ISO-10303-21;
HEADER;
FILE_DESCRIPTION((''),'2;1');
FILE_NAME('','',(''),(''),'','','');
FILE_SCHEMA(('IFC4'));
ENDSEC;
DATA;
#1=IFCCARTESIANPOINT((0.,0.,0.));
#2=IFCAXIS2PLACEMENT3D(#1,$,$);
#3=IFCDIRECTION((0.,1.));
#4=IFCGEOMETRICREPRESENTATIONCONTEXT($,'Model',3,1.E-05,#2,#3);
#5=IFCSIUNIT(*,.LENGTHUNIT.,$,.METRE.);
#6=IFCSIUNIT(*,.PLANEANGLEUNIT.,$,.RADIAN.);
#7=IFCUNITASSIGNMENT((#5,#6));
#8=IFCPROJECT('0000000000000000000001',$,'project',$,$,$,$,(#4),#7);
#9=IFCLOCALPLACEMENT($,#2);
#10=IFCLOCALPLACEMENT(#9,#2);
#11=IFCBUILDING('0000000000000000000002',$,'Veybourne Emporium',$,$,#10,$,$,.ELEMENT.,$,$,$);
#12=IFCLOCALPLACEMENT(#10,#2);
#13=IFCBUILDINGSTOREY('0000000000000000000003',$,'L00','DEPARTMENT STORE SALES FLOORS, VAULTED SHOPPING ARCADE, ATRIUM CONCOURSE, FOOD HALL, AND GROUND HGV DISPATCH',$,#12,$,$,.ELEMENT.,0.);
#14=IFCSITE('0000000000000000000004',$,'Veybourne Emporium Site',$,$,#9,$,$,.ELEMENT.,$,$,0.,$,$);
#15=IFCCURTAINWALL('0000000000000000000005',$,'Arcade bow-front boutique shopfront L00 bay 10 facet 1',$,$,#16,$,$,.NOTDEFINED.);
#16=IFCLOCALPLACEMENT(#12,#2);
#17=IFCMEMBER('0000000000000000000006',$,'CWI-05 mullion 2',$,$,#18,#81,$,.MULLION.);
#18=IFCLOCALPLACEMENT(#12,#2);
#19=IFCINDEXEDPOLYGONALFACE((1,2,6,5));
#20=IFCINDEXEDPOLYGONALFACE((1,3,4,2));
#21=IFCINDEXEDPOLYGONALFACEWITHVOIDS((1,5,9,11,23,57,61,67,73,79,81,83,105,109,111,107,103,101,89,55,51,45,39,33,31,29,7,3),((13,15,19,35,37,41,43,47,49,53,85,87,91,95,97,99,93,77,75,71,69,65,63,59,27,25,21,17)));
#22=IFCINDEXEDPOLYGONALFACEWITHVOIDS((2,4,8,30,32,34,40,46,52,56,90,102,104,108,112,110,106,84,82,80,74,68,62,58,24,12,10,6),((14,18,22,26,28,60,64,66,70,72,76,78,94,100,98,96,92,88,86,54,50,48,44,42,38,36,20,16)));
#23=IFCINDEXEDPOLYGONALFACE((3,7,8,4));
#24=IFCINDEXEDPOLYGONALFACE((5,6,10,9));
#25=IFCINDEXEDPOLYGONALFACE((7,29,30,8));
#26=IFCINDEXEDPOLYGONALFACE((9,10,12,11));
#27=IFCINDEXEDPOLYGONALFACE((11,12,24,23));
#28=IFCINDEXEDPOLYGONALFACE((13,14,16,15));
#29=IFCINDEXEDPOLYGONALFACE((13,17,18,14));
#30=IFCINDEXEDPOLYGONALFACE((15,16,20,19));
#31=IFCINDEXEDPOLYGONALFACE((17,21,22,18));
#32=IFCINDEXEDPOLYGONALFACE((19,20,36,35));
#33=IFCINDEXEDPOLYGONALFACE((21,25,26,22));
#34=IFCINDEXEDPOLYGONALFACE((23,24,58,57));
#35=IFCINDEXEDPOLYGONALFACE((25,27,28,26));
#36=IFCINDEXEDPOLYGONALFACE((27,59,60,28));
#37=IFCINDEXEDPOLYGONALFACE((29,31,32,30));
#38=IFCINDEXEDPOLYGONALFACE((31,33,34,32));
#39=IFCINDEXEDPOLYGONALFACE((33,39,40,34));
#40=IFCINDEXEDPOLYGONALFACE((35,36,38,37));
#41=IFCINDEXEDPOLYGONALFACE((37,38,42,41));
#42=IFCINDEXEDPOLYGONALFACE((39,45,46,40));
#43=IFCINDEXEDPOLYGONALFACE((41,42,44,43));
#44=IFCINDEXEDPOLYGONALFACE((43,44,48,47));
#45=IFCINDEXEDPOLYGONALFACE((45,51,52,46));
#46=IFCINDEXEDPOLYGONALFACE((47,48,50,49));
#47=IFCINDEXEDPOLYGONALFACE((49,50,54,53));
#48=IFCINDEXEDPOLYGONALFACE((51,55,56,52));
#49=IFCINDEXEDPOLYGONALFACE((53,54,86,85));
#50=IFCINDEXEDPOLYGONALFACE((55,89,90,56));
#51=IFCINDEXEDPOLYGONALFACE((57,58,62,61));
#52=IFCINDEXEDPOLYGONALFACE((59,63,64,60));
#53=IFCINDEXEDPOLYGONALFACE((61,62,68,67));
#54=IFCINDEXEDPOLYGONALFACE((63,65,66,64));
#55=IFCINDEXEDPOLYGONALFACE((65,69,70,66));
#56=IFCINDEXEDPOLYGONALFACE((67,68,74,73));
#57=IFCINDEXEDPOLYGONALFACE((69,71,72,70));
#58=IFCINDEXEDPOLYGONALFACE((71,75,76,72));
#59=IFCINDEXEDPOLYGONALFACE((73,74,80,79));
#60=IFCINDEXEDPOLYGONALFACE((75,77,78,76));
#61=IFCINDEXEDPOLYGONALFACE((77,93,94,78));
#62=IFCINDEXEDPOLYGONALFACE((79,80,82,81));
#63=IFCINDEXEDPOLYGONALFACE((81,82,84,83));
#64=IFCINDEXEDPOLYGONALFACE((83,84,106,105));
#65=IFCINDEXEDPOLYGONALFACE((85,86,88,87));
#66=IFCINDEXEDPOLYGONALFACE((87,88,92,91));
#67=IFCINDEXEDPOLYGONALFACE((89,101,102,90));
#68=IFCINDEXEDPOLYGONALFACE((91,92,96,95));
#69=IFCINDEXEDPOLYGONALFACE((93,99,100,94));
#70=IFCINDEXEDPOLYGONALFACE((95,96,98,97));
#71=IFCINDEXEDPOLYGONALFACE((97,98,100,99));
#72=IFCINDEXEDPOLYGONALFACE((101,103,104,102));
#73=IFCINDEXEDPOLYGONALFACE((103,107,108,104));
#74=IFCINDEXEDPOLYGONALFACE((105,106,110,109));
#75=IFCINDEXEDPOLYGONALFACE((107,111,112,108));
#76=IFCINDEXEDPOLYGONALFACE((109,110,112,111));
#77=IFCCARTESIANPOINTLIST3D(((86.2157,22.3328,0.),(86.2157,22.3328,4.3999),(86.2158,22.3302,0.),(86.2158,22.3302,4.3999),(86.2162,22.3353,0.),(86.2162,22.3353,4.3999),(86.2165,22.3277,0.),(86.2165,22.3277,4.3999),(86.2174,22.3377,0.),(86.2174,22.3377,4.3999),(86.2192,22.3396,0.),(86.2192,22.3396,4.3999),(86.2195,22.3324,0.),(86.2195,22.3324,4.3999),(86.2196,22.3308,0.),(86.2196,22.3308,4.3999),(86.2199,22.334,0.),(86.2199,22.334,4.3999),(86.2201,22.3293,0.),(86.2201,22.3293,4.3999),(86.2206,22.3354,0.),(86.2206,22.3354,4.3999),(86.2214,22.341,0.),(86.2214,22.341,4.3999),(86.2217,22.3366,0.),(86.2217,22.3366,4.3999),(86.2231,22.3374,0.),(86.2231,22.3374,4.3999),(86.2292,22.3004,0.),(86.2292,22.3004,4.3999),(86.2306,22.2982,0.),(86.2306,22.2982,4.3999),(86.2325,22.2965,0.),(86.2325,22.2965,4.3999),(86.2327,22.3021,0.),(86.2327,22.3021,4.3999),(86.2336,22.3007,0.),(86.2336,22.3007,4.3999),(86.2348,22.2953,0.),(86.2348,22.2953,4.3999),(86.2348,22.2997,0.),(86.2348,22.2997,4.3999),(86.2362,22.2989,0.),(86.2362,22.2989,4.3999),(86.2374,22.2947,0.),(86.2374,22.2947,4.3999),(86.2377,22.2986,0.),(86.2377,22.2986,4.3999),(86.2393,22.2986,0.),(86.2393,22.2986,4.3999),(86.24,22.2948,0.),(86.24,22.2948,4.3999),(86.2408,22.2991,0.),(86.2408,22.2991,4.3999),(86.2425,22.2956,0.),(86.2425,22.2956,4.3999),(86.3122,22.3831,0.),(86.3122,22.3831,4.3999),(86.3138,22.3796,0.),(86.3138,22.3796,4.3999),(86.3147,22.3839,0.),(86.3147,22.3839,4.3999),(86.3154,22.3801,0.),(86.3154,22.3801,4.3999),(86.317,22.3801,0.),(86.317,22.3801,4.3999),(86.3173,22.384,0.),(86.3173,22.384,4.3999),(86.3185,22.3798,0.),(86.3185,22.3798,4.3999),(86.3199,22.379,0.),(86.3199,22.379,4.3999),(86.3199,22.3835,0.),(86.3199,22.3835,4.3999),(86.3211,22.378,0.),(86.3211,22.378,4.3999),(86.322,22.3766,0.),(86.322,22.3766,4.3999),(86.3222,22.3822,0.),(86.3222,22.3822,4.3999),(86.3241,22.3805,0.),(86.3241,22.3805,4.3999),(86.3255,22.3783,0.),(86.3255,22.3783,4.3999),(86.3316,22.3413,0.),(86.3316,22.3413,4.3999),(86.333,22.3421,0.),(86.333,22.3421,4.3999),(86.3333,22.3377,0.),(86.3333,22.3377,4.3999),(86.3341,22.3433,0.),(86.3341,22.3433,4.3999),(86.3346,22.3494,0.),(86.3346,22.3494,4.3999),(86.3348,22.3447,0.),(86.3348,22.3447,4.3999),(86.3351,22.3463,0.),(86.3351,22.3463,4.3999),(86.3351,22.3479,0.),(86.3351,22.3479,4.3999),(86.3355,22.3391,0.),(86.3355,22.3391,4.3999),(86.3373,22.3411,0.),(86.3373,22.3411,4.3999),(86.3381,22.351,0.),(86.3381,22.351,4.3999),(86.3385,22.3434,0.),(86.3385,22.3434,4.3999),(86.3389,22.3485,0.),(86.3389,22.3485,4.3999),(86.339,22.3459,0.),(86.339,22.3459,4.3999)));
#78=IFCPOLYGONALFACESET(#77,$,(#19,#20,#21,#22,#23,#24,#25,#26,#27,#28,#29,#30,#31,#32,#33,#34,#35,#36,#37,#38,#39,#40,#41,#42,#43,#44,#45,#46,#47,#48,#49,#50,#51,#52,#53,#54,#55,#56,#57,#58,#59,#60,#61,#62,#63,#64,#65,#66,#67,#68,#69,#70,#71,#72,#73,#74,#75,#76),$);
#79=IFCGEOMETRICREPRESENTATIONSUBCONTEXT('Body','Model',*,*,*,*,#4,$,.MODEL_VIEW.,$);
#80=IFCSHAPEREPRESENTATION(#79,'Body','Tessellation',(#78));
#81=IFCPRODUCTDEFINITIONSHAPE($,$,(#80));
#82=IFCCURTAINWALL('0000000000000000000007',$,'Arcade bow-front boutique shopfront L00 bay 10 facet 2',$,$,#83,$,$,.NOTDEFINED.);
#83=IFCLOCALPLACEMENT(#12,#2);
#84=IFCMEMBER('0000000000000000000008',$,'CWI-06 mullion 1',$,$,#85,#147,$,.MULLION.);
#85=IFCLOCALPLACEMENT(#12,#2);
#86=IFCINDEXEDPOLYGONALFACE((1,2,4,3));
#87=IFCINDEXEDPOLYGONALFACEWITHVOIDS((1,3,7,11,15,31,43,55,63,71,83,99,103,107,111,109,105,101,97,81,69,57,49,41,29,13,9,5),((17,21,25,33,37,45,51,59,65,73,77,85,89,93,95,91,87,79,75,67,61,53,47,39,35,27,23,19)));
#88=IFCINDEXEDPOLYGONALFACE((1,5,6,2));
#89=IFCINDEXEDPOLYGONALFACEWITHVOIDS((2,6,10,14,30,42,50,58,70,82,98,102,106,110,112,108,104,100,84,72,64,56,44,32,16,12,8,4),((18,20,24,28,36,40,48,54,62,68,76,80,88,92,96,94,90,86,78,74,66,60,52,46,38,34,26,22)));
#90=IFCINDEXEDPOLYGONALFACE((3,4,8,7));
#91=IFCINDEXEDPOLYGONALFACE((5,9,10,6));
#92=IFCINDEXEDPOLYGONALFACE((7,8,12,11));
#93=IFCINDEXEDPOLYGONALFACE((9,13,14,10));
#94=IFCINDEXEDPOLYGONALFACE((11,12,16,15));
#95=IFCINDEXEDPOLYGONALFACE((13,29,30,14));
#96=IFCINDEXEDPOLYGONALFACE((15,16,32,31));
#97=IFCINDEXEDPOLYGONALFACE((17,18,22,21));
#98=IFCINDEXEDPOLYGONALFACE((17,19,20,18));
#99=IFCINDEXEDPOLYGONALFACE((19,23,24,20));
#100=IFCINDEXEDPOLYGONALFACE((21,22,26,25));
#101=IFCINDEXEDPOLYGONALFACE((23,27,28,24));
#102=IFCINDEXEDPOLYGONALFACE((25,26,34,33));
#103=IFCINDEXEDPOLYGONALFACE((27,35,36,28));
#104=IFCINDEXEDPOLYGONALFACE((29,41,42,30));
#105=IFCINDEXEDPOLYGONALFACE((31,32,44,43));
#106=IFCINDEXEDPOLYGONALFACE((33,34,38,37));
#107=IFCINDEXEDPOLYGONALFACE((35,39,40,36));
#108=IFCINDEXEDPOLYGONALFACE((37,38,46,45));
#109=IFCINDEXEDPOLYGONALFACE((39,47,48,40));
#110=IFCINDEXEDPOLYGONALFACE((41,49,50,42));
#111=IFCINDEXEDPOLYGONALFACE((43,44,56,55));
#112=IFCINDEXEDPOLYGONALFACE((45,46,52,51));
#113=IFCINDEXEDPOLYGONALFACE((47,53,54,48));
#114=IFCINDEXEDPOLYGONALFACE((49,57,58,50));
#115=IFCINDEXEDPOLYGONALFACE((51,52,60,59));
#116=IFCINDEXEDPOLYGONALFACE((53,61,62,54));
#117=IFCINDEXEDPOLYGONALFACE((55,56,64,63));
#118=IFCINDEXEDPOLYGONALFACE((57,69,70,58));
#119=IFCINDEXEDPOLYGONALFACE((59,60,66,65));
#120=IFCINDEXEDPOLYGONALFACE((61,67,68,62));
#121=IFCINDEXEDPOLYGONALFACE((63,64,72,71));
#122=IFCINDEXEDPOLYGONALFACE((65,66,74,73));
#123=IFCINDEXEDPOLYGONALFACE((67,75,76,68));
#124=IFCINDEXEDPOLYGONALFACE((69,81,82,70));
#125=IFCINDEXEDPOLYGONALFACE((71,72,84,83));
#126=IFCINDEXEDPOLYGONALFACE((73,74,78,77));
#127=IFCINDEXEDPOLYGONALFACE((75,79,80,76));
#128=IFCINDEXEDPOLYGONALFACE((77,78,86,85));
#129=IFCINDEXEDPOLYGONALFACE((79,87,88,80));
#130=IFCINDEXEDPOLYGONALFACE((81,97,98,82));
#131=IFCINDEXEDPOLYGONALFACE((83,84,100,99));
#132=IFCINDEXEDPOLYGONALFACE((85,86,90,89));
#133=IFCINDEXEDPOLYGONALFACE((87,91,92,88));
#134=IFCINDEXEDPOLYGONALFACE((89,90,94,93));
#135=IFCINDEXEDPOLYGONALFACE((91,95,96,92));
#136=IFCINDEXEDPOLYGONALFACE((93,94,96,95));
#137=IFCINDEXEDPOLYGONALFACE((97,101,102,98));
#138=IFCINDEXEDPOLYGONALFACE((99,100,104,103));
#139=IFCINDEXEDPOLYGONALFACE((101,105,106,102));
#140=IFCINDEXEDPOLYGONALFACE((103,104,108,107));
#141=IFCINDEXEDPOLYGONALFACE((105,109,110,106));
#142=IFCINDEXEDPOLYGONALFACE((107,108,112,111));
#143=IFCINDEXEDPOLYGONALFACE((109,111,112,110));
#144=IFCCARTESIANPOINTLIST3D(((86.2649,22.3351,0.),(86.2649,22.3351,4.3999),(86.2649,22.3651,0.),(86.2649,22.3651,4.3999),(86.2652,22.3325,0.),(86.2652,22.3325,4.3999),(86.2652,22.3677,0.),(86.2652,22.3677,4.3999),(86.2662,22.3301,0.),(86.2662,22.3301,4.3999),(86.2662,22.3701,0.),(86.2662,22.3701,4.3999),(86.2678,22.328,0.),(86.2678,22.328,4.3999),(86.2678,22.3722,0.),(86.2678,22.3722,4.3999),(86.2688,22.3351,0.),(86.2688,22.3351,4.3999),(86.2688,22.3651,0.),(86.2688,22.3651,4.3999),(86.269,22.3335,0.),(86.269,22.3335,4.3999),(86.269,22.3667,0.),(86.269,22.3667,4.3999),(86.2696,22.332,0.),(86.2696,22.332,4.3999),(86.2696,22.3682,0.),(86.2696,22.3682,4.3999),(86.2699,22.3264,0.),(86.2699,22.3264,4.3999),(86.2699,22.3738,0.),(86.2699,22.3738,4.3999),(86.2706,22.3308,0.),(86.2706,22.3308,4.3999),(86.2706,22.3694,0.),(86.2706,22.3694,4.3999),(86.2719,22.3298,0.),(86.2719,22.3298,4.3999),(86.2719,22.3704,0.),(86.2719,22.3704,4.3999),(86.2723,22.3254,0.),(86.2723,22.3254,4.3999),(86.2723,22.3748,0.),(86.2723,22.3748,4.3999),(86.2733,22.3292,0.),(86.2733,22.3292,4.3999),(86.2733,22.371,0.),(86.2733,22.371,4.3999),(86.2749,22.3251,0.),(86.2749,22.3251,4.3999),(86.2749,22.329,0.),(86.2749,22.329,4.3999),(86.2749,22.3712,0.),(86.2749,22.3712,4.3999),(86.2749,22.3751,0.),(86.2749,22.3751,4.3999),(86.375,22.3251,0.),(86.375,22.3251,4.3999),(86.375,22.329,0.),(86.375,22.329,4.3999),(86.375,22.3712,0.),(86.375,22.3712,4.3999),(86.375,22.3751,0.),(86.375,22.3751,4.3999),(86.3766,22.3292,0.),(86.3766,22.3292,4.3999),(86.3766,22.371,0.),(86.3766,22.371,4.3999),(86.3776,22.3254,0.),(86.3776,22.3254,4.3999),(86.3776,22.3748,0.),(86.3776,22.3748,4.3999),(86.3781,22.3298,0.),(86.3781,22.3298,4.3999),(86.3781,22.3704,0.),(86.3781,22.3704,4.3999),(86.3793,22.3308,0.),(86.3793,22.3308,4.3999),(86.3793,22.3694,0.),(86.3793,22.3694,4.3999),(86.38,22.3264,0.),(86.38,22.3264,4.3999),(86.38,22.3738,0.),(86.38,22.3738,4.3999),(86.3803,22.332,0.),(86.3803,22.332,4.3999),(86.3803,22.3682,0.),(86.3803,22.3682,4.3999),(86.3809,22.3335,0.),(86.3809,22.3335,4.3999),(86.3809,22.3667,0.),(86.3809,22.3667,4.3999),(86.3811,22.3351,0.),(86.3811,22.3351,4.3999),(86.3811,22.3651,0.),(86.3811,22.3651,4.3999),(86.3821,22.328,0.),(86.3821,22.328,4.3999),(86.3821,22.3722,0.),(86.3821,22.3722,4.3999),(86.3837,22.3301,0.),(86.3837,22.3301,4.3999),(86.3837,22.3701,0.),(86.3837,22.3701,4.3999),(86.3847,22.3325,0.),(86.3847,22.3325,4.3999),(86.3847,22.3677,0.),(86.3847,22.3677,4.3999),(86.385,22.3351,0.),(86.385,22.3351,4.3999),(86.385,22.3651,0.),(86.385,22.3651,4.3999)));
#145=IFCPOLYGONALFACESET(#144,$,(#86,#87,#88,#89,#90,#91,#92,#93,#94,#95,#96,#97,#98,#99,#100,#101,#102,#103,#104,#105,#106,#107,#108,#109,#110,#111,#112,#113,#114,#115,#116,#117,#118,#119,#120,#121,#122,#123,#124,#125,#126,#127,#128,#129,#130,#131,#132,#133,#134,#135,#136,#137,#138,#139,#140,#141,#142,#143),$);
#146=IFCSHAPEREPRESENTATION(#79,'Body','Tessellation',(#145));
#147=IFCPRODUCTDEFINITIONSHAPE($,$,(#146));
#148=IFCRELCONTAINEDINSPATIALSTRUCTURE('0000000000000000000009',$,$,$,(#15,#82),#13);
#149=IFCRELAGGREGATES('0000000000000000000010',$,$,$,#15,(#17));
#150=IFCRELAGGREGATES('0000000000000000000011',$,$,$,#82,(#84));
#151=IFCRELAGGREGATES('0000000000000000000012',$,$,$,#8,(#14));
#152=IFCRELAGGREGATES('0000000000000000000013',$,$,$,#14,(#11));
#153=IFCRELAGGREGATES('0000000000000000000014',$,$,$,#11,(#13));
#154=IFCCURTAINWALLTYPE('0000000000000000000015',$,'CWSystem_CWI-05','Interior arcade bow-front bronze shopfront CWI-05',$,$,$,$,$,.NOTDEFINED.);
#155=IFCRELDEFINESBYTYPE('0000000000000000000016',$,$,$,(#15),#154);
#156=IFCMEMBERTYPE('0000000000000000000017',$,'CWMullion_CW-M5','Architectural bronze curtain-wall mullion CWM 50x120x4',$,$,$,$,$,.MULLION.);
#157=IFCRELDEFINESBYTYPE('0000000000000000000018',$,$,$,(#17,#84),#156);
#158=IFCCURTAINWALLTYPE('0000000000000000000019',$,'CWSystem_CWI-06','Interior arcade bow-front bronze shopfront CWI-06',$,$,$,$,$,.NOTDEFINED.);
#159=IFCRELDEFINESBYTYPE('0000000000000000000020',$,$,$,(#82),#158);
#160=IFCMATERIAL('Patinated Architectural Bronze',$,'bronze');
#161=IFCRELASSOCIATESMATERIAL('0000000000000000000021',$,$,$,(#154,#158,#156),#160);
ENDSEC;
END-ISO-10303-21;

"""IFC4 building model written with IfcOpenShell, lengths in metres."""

from ifc_helpers import new_model, si_unit, direction, frame, origin, origin_2d, place, context, subcontext, project, spatial, hollow_rectangle, extrude, material, material_profile, profile_set, type_object, element, aggregate, save


model = new_model("IFC4")

# Units and contexts
model_context = context("Model", 3, precision=1e-05, world=origin(), true_north=direction((0.0, 1.0)))
body_context = subcontext(model_context, "Body", "Model", "MODEL_VIEW")
ifc_project = project(units=[si_unit("LENGTHUNIT", "METRE"), si_unit("PLANEANGLEUNIT", "RADIAN")], contexts=[model_context])

# Site, building, storey
site_placement = place(None, origin())
site = spatial("IfcSite", under=ifc_project, at=site_placement, Name="Veybourne Emporium Site", CompositionType="ELEMENT", RefElevation=0.0)
building_placement = place(site_placement, origin())
building = spatial("IfcBuilding", under=site, at=building_placement, Name="Veybourne Emporium", CompositionType="ELEMENT")
storey_placement = place(building_placement, origin())
storey = spatial("IfcBuildingStorey", under=building, at=storey_placement, Name="L00", Description="DEPARTMENT STORE SALES FLOORS, VAULTED SHOPPING ARCADE, ATRIUM CONCOURSE, FOOD HALL, AND GROUND HGV DISPATCH", CompositionType="ELEMENT", Elevation=0.0)

# Shared definitions
ifc_material_1 = material(Name="Patinated Architectural Bronze", Category="bronze")
curtain_wall_type_1 = type_object("IfcCurtainWallType", Name="CWSystem_CWI-05", Description="Interior arcade bow-front bronze shopfront CWI-05", PredefinedType="NOTDEFINED", material=ifc_material_1)
ifc_material_profile_1 = material_profile(ifc_material_1, hollow_rectangle(XDim=0.05, YDim=0.1201, WallThickness=0.0039, InnerFilletRadius=0.0061, OuterFilletRadius=0.01, at=origin_2d()), Name="CWM 50x120x4")
ifc_profile_set_1 = profile_set([ifc_material_profile_1], Name="Patinated Architectural Bronze")
member_type_1 = type_object("IfcMemberType", Name="CWMullion_CW-M5", Description="Architectural bronze curtain-wall mullion CWM 50x120x4", PredefinedType="MULLION", material=ifc_profile_set_1)

# Shared definitions
curtain_wall_type_2 = type_object("IfcCurtainWallType", Name="CWSystem_CWI-06", Description="Interior arcade bow-front bronze shopfront CWI-06", PredefinedType="NOTDEFINED", material=ifc_material_1)

# Curtain walls, members
curtain_wall_1_placement = place(storey_placement, origin())
curtain_wall_1 = element("IfcCurtainWall", 1, at=curtain_wall_1_placement, inside=storey, type_object=curtain_wall_type_1, Name="Arcade bow-front boutique shopfront L00 bay 10 facet 1", PredefinedType="NOTDEFINED")
member_1_placement = place(storey_placement, frame((86.2773, 22.3394, 0.0), z_axis=(0.0, 0.0, 1.0), x_axis=(-0.421111, 0.907009, 0.0)))
member_1 = element("IfcMember", 2, at=member_1_placement, type_object=member_type_1, Name="CWI-05 mullion 2", PredefinedType="MULLION", context=body_context, shape_type="SweptSolid", body=[
    extrude(hollow_rectangle(XDim=0.05, YDim=0.1201, WallThickness=0.0039, InnerFilletRadius=0.0061, OuterFilletRadius=0.01, at=origin_2d()), origin(), (0.0, 0.0, 1.0), 4.3999),
])
curtain_wall_2_placement = place(storey_placement, origin())
curtain_wall_2 = element("IfcCurtainWall", 3, at=curtain_wall_2_placement, inside=storey, type_object=curtain_wall_type_2, Name="Arcade bow-front boutique shopfront L00 bay 10 facet 2", PredefinedType="NOTDEFINED")
member_2_placement = place(storey_placement, frame((86.325, 22.3501, 0.0), z_axis=(0.0, 0.0, 1.0), x_axis=(0.0, 1.0, 0.0)))
member_2 = element("IfcMember", 4, at=member_2_placement, type_object=member_type_1, Name="CWI-06 mullion 1", PredefinedType="MULLION", context=body_context, shape_type="SweptSolid", body=[
    extrude(hollow_rectangle(XDim=0.05, YDim=0.1201, WallThickness=0.0039, InnerFilletRadius=0.0061, OuterFilletRadius=0.01, at=origin_2d()), origin(), (0.0, 0.0, 1.0), 4.3999),
])

aggregate(curtain_wall_1, [member_1])
aggregate(curtain_wall_2, [member_2])

save(model, "model.ifc")
